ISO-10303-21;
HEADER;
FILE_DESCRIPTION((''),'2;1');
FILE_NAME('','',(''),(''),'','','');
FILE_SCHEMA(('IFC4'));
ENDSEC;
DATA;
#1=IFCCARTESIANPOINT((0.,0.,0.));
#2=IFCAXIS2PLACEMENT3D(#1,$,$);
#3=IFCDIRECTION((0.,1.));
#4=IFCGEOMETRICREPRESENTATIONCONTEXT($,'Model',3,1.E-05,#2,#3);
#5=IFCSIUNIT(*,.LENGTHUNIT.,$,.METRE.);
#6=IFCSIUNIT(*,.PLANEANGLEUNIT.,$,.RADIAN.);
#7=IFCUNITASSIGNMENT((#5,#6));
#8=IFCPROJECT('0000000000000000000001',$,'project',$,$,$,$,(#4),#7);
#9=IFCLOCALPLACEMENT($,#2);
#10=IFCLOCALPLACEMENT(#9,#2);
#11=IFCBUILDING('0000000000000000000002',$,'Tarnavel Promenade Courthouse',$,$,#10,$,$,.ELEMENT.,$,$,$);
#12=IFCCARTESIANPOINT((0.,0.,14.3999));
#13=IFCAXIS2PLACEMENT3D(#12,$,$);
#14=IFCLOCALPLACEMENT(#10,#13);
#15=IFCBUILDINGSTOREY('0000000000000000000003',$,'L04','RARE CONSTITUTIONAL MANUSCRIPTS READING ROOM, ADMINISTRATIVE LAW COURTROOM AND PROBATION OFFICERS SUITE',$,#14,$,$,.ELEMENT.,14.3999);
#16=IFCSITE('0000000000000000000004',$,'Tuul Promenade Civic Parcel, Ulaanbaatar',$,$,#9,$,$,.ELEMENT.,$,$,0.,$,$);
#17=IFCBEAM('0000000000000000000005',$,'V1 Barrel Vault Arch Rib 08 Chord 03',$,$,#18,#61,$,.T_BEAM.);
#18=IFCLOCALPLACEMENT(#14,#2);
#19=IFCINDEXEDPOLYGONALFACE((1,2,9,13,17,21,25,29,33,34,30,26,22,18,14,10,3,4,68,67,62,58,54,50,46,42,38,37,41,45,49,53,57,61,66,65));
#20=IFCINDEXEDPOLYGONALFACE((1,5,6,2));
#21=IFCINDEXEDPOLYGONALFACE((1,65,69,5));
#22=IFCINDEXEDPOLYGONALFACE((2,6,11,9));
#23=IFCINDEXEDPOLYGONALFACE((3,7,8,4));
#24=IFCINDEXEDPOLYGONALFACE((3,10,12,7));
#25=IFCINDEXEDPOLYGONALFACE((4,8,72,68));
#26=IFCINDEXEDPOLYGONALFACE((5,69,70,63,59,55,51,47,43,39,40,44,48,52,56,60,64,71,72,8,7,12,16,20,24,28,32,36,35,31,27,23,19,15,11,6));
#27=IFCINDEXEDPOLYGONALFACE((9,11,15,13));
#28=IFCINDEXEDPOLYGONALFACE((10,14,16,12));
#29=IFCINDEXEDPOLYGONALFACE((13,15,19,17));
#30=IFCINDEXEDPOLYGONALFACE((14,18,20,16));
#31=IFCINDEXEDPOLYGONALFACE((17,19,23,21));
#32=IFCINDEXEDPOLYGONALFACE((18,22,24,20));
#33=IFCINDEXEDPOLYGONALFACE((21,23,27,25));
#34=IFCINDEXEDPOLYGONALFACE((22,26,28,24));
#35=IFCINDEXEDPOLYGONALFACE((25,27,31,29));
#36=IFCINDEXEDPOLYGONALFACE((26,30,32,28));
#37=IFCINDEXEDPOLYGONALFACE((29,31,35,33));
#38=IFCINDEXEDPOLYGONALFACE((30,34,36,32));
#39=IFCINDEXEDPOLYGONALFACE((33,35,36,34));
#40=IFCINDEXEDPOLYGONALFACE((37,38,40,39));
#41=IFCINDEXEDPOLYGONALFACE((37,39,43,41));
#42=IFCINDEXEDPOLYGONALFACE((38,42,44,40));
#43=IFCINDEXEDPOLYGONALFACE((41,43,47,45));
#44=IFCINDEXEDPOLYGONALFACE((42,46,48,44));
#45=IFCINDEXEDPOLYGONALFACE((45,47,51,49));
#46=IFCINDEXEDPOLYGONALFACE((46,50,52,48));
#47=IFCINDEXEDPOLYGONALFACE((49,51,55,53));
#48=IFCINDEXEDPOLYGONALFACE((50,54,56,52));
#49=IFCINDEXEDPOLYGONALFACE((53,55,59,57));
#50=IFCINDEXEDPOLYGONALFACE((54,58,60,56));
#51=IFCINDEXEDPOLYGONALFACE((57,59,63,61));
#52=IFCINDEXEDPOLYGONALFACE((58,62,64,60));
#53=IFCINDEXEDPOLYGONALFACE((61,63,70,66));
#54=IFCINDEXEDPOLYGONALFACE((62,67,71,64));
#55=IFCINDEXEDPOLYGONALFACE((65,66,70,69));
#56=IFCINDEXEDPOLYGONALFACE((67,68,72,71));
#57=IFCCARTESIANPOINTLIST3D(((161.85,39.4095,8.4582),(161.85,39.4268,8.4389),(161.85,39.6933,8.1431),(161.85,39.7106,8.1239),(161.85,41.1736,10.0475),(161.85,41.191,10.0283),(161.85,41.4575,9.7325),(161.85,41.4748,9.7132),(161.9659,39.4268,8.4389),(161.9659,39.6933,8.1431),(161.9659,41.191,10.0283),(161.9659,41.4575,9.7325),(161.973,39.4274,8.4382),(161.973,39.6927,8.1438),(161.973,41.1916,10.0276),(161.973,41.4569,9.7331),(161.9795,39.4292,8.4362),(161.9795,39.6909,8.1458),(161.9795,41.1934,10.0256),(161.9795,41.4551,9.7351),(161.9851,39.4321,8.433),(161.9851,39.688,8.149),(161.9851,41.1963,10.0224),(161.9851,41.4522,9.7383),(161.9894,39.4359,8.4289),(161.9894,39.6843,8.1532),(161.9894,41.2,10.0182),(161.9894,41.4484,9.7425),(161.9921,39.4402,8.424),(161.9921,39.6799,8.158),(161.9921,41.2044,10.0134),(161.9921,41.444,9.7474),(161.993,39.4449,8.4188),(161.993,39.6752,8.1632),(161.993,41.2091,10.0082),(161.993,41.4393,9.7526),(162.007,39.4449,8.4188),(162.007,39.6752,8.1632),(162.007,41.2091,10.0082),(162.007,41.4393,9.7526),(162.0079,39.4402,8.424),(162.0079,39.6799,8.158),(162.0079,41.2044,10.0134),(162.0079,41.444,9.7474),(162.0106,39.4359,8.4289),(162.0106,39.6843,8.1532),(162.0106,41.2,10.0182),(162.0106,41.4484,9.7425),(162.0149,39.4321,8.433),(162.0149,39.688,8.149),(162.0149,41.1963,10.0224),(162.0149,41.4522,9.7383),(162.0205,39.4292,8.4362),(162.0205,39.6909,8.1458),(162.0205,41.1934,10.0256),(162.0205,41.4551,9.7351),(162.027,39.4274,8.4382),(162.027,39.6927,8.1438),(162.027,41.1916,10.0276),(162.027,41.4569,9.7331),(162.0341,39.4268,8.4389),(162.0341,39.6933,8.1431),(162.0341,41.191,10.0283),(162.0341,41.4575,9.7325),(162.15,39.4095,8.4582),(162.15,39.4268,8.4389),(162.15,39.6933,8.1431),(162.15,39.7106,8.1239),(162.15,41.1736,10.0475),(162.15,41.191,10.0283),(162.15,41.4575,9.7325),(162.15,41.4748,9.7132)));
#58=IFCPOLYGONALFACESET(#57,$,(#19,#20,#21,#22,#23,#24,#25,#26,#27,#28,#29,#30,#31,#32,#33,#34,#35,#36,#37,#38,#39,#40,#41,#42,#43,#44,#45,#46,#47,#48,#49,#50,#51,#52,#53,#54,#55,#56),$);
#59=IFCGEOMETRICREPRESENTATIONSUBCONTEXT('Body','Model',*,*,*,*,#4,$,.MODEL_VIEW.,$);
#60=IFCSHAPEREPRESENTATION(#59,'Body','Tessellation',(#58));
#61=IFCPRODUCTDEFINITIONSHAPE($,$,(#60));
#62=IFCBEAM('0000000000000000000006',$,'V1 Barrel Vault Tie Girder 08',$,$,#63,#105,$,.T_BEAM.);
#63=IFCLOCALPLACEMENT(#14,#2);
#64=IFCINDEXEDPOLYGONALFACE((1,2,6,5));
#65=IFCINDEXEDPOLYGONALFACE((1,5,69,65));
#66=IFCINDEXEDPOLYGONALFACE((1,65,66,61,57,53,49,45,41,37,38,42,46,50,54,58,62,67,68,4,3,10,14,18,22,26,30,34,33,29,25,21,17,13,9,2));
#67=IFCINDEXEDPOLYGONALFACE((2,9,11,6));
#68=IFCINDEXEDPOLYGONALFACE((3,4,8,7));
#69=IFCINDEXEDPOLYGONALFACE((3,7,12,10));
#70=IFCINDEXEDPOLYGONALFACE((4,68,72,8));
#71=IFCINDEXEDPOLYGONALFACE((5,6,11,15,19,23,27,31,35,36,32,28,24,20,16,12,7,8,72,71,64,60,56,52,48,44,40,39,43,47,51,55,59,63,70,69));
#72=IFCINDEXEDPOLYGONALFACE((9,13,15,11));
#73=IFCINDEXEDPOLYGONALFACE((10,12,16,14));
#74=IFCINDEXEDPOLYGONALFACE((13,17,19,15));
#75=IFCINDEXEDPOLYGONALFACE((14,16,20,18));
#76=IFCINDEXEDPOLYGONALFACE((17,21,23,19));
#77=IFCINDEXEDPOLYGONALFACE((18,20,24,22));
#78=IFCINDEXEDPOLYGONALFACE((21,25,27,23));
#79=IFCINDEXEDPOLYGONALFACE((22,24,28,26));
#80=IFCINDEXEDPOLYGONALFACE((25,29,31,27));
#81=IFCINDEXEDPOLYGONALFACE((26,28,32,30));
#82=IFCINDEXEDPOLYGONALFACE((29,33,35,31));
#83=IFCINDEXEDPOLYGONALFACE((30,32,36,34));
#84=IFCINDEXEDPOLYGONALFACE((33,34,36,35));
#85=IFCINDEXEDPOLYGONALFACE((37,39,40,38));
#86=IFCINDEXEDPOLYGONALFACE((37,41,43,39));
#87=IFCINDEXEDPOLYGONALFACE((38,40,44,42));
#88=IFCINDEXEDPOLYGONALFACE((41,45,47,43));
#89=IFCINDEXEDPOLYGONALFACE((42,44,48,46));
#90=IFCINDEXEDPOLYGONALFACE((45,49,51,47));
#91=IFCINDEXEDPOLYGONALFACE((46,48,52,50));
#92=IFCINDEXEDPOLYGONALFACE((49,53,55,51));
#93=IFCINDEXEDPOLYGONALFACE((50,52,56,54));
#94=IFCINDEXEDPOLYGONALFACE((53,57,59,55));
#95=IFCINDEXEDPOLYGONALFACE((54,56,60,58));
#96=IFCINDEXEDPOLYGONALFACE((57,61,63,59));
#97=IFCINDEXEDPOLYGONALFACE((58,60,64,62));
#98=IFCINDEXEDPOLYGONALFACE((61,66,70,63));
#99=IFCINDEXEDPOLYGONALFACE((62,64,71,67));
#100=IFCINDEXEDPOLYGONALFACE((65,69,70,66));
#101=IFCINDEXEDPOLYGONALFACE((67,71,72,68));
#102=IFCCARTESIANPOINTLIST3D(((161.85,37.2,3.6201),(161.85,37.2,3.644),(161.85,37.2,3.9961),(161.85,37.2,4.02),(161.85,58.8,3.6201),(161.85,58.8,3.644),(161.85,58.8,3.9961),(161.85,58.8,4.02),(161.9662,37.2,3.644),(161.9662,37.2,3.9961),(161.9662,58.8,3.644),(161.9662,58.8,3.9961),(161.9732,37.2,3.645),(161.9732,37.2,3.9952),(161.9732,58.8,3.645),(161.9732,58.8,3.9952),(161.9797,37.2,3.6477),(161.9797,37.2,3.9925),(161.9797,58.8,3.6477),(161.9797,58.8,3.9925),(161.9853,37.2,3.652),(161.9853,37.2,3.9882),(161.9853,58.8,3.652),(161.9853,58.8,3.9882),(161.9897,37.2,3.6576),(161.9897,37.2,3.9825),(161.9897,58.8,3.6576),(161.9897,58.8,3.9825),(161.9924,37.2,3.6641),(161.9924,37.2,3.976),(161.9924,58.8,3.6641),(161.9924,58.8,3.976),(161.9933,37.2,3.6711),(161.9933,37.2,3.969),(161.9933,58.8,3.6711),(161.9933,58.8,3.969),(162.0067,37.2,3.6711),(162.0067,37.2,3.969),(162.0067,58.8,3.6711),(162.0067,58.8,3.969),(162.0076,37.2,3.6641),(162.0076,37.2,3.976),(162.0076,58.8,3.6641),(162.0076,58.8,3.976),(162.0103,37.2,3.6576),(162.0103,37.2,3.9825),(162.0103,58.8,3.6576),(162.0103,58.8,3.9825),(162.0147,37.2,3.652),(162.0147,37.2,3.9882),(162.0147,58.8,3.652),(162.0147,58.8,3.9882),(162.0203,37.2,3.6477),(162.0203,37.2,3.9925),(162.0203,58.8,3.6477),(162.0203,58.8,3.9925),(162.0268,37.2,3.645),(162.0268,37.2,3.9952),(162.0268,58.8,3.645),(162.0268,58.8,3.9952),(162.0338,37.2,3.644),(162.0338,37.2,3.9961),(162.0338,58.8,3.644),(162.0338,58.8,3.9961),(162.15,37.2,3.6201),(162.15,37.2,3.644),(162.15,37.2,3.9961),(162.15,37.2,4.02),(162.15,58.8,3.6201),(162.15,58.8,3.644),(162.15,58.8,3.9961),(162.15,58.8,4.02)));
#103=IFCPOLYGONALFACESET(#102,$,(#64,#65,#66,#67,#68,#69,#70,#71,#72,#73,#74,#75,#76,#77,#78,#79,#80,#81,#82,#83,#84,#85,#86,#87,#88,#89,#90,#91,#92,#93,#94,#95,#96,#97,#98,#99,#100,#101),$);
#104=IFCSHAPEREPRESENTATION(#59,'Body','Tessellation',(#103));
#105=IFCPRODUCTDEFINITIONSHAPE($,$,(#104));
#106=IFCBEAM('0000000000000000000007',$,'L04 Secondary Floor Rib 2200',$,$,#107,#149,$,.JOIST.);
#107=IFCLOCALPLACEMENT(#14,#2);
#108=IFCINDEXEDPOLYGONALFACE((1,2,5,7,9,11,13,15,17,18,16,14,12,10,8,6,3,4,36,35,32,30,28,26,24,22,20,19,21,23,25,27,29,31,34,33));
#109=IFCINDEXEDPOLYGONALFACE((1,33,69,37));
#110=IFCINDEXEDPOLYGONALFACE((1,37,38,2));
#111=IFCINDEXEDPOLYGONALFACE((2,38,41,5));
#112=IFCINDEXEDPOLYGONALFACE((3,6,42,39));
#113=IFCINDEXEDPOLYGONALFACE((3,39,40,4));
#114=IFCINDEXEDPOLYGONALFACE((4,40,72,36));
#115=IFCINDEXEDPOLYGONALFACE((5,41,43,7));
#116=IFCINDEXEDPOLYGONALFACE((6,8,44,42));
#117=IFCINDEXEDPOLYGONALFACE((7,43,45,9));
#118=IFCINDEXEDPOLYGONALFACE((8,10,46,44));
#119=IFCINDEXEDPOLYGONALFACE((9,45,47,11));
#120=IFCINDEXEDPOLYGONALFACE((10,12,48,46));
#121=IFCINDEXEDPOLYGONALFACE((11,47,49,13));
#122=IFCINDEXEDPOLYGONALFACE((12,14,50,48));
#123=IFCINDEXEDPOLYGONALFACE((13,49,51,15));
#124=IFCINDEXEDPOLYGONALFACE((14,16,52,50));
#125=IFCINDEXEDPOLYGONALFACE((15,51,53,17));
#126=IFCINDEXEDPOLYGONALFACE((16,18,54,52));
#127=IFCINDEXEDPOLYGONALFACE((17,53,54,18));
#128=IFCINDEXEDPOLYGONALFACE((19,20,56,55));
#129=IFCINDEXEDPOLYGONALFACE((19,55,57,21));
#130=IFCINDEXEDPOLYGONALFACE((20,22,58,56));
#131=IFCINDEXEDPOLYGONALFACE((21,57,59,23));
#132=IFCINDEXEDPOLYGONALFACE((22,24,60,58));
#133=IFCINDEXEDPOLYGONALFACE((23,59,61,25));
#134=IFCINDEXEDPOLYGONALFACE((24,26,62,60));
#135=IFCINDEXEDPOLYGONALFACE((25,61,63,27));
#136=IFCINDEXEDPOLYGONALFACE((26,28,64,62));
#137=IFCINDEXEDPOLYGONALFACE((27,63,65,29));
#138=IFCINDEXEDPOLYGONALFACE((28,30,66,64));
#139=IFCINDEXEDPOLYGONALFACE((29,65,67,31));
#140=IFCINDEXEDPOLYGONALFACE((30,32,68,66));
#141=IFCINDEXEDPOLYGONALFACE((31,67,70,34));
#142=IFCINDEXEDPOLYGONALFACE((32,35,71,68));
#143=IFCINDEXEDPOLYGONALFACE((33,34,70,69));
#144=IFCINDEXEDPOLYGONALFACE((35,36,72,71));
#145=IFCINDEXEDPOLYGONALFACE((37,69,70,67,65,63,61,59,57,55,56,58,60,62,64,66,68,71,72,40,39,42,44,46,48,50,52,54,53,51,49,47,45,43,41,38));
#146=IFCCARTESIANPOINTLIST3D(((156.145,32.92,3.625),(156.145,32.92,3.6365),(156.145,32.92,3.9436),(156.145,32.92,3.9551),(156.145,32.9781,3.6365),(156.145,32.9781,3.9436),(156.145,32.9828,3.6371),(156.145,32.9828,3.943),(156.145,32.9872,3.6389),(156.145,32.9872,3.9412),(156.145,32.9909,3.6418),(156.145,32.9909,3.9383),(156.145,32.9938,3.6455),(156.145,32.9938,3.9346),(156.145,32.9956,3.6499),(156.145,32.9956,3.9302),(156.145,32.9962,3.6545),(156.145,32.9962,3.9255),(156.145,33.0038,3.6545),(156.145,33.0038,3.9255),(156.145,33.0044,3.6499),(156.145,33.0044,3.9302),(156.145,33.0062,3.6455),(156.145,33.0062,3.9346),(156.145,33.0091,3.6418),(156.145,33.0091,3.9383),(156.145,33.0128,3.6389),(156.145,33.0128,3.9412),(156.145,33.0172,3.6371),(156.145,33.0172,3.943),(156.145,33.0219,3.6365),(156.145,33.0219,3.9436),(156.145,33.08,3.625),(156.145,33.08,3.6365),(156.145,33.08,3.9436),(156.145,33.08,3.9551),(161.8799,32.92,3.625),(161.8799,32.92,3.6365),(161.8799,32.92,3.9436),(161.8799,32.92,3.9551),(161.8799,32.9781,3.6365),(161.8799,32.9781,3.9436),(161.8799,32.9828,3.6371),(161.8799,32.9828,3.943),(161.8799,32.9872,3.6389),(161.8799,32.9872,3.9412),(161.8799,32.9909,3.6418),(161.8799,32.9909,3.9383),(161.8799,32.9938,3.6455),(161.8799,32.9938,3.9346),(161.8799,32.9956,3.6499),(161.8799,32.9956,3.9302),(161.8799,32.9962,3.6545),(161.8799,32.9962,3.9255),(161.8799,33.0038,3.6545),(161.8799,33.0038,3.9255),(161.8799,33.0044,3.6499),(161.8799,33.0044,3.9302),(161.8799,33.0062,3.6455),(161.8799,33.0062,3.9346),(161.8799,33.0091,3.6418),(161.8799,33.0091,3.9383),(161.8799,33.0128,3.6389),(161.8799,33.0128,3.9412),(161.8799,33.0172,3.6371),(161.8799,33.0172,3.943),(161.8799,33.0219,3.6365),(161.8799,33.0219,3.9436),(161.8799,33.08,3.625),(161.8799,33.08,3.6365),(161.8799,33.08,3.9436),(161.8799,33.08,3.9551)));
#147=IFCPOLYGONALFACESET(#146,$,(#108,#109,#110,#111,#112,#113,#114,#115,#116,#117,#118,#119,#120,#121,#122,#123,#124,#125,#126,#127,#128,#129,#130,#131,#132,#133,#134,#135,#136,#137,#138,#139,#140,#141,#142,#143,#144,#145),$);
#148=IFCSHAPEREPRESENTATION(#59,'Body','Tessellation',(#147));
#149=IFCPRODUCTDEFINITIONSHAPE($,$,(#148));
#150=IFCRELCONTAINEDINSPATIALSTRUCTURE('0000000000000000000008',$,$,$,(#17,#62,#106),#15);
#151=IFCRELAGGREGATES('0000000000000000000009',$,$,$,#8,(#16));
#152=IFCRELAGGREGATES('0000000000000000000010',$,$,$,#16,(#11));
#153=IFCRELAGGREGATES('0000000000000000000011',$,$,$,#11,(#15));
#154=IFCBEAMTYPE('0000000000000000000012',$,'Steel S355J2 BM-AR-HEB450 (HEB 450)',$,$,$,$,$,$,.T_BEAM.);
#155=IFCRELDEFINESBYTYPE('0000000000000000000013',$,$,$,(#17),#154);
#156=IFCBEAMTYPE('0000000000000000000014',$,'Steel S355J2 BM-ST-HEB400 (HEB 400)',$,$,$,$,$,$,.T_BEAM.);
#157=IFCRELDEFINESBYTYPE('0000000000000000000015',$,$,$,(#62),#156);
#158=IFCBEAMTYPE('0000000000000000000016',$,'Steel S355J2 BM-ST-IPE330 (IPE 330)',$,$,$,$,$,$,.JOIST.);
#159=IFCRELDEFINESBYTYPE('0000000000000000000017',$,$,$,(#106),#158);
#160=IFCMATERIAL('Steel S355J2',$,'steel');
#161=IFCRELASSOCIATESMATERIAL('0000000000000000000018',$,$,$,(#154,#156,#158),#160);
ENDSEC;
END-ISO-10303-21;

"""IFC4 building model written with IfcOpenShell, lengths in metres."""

from ifc_helpers import new_model, si_unit, direction, frame, origin, origin_2d, place, context, subcontext, project, spatial, i_section, extrude, material, material_profile, profile_set, type_object, element, save


model = new_model("IFC4")

# Units and contexts
model_context = context("Model", 3, precision=1e-05, world=origin(), true_north=direction((0.0, 1.0)))
body_context = subcontext(model_context, "Body", "Model", "MODEL_VIEW")
ifc_project = project(units=[si_unit("LENGTHUNIT", "METRE"), si_unit("PLANEANGLEUNIT", "RADIAN")], contexts=[model_context])

# Site, building, storey
site_placement = place(None, origin())
site = spatial("IfcSite", under=ifc_project, at=site_placement, Name="Tuul Promenade Civic Parcel, Ulaanbaatar", CompositionType="ELEMENT", RefElevation=0.0)
building_placement = place(site_placement, origin())
building = spatial("IfcBuilding", under=site, at=building_placement, Name="Tarnavel Promenade Courthouse", CompositionType="ELEMENT")
storey_placement = place(building_placement, frame((0.0, 0.0, 14.3999)))
storey = spatial("IfcBuildingStorey", under=building, at=storey_placement, Name="L04", Description="RARE CONSTITUTIONAL MANUSCRIPTS READING ROOM, ADMINISTRATIVE LAW COURTROOM AND PROBATION OFFICERS SUITE", CompositionType="ELEMENT", Elevation=14.3999)

# Beams
ifc_material_1 = material(Name="Steel S355J2", Category="steel")
ifc_material_profile_1 = material_profile(ifc_material_1, i_section(OverallWidth=0.3, OverallDepth=0.45, WebThickness=0.0139, FlangeThickness=0.0259, FilletRadius=0.0271, at=origin_2d()), Name="HEB 450")
ifc_profile_set_1 = profile_set([ifc_material_profile_1], Name="Steel S355J2")
beam_type_1 = type_object("IfcBeamType", Name="Steel S355J2 BM-AR-HEB450 (HEB 450)", PredefinedType="T_BEAM", material=ifc_profile_set_1)
for number, where, z_axis, x_axis, name in (
    (1, (162.0, 39.5601, 8.291), (0.0, 0.742957, 0.66934), (-1.0, 0.0, 0.0), "V1 Barrel Vault Arch Rib 08 Chord 03"),
):
    element("IfcBeam", number, at=place(storey_placement, frame(where, z_axis=z_axis, x_axis=x_axis)), inside=storey, type_object=beam_type_1, Name=name, PredefinedType="T_BEAM", context=body_context, shape_type="SweptSolid", body=[
        extrude(i_section(OverallWidth=0.3, OverallDepth=0.45, WebThickness=0.0139, FlangeThickness=0.0259, FilletRadius=0.0271, at=origin_2d()), origin(), (0.0, 0.0, 1.0), 2.3745),
    ])
ifc_material_profile_2 = material_profile(ifc_material_1, i_section(OverallWidth=0.3, OverallDepth=0.3999, WebThickness=0.0134, FlangeThickness=0.0239, FilletRadius=0.0271, at=origin_2d()), Name="HEB 400")
ifc_profile_set_2 = profile_set([ifc_material_profile_2], Name="Steel S355J2")
beam_type_2 = type_object("IfcBeamType", Name="Steel S355J2 BM-ST-HEB400 (HEB 400)", PredefinedType="T_BEAM", material=ifc_profile_set_2)
beam_1_placement = place(storey_placement, frame((162.0, 37.2, 3.8201), z_axis=(0.0, 1.0, 0.0), x_axis=(-1.0, 0.0, 0.0)))
element("IfcBeam", 2, at=beam_1_placement, inside=storey, type_object=beam_type_2, Name="V1 Barrel Vault Tie Girder 08", PredefinedType="T_BEAM", context=body_context, shape_type="SweptSolid", body=[
    extrude(i_section(OverallWidth=0.3, OverallDepth=0.3999, WebThickness=0.0134, FlangeThickness=0.0239, FilletRadius=0.0271, at=origin_2d()), origin(), (0.0, 0.0, 1.0), 21.6001),
])
ifc_material_profile_3 = material_profile(ifc_material_1, i_section(OverallWidth=0.1599, OverallDepth=0.3301, WebThickness=0.0076, FlangeThickness=0.0115, FilletRadius=0.0181, at=origin_2d()), Name="IPE 330")
ifc_profile_set_3 = profile_set([ifc_material_profile_3], Name="Steel S355J2")
beam_type_3 = type_object("IfcBeamType", Name="Steel S355J2 BM-ST-IPE330 (IPE 330)", PredefinedType="JOIST", material=ifc_profile_set_3)
beam_2_placement = place(storey_placement, frame((156.145, 33.0, 3.79), z_axis=(1.0, 0.0, 0.0), x_axis=(0.0, 1.0, 0.0)))
element("IfcBeam", 3, at=beam_2_placement, inside=storey, type_object=beam_type_3, Name="L04 Secondary Floor Rib 2200", PredefinedType="JOIST", context=body_context, shape_type="SweptSolid", body=[
    extrude(i_section(OverallWidth=0.1599, OverallDepth=0.3301, WebThickness=0.0076, FlangeThickness=0.0115, FilletRadius=0.0181, at=origin_2d()), origin(), (0.0, 0.0, 1.0), 5.7349),
])

save(model, "model.ifc")
